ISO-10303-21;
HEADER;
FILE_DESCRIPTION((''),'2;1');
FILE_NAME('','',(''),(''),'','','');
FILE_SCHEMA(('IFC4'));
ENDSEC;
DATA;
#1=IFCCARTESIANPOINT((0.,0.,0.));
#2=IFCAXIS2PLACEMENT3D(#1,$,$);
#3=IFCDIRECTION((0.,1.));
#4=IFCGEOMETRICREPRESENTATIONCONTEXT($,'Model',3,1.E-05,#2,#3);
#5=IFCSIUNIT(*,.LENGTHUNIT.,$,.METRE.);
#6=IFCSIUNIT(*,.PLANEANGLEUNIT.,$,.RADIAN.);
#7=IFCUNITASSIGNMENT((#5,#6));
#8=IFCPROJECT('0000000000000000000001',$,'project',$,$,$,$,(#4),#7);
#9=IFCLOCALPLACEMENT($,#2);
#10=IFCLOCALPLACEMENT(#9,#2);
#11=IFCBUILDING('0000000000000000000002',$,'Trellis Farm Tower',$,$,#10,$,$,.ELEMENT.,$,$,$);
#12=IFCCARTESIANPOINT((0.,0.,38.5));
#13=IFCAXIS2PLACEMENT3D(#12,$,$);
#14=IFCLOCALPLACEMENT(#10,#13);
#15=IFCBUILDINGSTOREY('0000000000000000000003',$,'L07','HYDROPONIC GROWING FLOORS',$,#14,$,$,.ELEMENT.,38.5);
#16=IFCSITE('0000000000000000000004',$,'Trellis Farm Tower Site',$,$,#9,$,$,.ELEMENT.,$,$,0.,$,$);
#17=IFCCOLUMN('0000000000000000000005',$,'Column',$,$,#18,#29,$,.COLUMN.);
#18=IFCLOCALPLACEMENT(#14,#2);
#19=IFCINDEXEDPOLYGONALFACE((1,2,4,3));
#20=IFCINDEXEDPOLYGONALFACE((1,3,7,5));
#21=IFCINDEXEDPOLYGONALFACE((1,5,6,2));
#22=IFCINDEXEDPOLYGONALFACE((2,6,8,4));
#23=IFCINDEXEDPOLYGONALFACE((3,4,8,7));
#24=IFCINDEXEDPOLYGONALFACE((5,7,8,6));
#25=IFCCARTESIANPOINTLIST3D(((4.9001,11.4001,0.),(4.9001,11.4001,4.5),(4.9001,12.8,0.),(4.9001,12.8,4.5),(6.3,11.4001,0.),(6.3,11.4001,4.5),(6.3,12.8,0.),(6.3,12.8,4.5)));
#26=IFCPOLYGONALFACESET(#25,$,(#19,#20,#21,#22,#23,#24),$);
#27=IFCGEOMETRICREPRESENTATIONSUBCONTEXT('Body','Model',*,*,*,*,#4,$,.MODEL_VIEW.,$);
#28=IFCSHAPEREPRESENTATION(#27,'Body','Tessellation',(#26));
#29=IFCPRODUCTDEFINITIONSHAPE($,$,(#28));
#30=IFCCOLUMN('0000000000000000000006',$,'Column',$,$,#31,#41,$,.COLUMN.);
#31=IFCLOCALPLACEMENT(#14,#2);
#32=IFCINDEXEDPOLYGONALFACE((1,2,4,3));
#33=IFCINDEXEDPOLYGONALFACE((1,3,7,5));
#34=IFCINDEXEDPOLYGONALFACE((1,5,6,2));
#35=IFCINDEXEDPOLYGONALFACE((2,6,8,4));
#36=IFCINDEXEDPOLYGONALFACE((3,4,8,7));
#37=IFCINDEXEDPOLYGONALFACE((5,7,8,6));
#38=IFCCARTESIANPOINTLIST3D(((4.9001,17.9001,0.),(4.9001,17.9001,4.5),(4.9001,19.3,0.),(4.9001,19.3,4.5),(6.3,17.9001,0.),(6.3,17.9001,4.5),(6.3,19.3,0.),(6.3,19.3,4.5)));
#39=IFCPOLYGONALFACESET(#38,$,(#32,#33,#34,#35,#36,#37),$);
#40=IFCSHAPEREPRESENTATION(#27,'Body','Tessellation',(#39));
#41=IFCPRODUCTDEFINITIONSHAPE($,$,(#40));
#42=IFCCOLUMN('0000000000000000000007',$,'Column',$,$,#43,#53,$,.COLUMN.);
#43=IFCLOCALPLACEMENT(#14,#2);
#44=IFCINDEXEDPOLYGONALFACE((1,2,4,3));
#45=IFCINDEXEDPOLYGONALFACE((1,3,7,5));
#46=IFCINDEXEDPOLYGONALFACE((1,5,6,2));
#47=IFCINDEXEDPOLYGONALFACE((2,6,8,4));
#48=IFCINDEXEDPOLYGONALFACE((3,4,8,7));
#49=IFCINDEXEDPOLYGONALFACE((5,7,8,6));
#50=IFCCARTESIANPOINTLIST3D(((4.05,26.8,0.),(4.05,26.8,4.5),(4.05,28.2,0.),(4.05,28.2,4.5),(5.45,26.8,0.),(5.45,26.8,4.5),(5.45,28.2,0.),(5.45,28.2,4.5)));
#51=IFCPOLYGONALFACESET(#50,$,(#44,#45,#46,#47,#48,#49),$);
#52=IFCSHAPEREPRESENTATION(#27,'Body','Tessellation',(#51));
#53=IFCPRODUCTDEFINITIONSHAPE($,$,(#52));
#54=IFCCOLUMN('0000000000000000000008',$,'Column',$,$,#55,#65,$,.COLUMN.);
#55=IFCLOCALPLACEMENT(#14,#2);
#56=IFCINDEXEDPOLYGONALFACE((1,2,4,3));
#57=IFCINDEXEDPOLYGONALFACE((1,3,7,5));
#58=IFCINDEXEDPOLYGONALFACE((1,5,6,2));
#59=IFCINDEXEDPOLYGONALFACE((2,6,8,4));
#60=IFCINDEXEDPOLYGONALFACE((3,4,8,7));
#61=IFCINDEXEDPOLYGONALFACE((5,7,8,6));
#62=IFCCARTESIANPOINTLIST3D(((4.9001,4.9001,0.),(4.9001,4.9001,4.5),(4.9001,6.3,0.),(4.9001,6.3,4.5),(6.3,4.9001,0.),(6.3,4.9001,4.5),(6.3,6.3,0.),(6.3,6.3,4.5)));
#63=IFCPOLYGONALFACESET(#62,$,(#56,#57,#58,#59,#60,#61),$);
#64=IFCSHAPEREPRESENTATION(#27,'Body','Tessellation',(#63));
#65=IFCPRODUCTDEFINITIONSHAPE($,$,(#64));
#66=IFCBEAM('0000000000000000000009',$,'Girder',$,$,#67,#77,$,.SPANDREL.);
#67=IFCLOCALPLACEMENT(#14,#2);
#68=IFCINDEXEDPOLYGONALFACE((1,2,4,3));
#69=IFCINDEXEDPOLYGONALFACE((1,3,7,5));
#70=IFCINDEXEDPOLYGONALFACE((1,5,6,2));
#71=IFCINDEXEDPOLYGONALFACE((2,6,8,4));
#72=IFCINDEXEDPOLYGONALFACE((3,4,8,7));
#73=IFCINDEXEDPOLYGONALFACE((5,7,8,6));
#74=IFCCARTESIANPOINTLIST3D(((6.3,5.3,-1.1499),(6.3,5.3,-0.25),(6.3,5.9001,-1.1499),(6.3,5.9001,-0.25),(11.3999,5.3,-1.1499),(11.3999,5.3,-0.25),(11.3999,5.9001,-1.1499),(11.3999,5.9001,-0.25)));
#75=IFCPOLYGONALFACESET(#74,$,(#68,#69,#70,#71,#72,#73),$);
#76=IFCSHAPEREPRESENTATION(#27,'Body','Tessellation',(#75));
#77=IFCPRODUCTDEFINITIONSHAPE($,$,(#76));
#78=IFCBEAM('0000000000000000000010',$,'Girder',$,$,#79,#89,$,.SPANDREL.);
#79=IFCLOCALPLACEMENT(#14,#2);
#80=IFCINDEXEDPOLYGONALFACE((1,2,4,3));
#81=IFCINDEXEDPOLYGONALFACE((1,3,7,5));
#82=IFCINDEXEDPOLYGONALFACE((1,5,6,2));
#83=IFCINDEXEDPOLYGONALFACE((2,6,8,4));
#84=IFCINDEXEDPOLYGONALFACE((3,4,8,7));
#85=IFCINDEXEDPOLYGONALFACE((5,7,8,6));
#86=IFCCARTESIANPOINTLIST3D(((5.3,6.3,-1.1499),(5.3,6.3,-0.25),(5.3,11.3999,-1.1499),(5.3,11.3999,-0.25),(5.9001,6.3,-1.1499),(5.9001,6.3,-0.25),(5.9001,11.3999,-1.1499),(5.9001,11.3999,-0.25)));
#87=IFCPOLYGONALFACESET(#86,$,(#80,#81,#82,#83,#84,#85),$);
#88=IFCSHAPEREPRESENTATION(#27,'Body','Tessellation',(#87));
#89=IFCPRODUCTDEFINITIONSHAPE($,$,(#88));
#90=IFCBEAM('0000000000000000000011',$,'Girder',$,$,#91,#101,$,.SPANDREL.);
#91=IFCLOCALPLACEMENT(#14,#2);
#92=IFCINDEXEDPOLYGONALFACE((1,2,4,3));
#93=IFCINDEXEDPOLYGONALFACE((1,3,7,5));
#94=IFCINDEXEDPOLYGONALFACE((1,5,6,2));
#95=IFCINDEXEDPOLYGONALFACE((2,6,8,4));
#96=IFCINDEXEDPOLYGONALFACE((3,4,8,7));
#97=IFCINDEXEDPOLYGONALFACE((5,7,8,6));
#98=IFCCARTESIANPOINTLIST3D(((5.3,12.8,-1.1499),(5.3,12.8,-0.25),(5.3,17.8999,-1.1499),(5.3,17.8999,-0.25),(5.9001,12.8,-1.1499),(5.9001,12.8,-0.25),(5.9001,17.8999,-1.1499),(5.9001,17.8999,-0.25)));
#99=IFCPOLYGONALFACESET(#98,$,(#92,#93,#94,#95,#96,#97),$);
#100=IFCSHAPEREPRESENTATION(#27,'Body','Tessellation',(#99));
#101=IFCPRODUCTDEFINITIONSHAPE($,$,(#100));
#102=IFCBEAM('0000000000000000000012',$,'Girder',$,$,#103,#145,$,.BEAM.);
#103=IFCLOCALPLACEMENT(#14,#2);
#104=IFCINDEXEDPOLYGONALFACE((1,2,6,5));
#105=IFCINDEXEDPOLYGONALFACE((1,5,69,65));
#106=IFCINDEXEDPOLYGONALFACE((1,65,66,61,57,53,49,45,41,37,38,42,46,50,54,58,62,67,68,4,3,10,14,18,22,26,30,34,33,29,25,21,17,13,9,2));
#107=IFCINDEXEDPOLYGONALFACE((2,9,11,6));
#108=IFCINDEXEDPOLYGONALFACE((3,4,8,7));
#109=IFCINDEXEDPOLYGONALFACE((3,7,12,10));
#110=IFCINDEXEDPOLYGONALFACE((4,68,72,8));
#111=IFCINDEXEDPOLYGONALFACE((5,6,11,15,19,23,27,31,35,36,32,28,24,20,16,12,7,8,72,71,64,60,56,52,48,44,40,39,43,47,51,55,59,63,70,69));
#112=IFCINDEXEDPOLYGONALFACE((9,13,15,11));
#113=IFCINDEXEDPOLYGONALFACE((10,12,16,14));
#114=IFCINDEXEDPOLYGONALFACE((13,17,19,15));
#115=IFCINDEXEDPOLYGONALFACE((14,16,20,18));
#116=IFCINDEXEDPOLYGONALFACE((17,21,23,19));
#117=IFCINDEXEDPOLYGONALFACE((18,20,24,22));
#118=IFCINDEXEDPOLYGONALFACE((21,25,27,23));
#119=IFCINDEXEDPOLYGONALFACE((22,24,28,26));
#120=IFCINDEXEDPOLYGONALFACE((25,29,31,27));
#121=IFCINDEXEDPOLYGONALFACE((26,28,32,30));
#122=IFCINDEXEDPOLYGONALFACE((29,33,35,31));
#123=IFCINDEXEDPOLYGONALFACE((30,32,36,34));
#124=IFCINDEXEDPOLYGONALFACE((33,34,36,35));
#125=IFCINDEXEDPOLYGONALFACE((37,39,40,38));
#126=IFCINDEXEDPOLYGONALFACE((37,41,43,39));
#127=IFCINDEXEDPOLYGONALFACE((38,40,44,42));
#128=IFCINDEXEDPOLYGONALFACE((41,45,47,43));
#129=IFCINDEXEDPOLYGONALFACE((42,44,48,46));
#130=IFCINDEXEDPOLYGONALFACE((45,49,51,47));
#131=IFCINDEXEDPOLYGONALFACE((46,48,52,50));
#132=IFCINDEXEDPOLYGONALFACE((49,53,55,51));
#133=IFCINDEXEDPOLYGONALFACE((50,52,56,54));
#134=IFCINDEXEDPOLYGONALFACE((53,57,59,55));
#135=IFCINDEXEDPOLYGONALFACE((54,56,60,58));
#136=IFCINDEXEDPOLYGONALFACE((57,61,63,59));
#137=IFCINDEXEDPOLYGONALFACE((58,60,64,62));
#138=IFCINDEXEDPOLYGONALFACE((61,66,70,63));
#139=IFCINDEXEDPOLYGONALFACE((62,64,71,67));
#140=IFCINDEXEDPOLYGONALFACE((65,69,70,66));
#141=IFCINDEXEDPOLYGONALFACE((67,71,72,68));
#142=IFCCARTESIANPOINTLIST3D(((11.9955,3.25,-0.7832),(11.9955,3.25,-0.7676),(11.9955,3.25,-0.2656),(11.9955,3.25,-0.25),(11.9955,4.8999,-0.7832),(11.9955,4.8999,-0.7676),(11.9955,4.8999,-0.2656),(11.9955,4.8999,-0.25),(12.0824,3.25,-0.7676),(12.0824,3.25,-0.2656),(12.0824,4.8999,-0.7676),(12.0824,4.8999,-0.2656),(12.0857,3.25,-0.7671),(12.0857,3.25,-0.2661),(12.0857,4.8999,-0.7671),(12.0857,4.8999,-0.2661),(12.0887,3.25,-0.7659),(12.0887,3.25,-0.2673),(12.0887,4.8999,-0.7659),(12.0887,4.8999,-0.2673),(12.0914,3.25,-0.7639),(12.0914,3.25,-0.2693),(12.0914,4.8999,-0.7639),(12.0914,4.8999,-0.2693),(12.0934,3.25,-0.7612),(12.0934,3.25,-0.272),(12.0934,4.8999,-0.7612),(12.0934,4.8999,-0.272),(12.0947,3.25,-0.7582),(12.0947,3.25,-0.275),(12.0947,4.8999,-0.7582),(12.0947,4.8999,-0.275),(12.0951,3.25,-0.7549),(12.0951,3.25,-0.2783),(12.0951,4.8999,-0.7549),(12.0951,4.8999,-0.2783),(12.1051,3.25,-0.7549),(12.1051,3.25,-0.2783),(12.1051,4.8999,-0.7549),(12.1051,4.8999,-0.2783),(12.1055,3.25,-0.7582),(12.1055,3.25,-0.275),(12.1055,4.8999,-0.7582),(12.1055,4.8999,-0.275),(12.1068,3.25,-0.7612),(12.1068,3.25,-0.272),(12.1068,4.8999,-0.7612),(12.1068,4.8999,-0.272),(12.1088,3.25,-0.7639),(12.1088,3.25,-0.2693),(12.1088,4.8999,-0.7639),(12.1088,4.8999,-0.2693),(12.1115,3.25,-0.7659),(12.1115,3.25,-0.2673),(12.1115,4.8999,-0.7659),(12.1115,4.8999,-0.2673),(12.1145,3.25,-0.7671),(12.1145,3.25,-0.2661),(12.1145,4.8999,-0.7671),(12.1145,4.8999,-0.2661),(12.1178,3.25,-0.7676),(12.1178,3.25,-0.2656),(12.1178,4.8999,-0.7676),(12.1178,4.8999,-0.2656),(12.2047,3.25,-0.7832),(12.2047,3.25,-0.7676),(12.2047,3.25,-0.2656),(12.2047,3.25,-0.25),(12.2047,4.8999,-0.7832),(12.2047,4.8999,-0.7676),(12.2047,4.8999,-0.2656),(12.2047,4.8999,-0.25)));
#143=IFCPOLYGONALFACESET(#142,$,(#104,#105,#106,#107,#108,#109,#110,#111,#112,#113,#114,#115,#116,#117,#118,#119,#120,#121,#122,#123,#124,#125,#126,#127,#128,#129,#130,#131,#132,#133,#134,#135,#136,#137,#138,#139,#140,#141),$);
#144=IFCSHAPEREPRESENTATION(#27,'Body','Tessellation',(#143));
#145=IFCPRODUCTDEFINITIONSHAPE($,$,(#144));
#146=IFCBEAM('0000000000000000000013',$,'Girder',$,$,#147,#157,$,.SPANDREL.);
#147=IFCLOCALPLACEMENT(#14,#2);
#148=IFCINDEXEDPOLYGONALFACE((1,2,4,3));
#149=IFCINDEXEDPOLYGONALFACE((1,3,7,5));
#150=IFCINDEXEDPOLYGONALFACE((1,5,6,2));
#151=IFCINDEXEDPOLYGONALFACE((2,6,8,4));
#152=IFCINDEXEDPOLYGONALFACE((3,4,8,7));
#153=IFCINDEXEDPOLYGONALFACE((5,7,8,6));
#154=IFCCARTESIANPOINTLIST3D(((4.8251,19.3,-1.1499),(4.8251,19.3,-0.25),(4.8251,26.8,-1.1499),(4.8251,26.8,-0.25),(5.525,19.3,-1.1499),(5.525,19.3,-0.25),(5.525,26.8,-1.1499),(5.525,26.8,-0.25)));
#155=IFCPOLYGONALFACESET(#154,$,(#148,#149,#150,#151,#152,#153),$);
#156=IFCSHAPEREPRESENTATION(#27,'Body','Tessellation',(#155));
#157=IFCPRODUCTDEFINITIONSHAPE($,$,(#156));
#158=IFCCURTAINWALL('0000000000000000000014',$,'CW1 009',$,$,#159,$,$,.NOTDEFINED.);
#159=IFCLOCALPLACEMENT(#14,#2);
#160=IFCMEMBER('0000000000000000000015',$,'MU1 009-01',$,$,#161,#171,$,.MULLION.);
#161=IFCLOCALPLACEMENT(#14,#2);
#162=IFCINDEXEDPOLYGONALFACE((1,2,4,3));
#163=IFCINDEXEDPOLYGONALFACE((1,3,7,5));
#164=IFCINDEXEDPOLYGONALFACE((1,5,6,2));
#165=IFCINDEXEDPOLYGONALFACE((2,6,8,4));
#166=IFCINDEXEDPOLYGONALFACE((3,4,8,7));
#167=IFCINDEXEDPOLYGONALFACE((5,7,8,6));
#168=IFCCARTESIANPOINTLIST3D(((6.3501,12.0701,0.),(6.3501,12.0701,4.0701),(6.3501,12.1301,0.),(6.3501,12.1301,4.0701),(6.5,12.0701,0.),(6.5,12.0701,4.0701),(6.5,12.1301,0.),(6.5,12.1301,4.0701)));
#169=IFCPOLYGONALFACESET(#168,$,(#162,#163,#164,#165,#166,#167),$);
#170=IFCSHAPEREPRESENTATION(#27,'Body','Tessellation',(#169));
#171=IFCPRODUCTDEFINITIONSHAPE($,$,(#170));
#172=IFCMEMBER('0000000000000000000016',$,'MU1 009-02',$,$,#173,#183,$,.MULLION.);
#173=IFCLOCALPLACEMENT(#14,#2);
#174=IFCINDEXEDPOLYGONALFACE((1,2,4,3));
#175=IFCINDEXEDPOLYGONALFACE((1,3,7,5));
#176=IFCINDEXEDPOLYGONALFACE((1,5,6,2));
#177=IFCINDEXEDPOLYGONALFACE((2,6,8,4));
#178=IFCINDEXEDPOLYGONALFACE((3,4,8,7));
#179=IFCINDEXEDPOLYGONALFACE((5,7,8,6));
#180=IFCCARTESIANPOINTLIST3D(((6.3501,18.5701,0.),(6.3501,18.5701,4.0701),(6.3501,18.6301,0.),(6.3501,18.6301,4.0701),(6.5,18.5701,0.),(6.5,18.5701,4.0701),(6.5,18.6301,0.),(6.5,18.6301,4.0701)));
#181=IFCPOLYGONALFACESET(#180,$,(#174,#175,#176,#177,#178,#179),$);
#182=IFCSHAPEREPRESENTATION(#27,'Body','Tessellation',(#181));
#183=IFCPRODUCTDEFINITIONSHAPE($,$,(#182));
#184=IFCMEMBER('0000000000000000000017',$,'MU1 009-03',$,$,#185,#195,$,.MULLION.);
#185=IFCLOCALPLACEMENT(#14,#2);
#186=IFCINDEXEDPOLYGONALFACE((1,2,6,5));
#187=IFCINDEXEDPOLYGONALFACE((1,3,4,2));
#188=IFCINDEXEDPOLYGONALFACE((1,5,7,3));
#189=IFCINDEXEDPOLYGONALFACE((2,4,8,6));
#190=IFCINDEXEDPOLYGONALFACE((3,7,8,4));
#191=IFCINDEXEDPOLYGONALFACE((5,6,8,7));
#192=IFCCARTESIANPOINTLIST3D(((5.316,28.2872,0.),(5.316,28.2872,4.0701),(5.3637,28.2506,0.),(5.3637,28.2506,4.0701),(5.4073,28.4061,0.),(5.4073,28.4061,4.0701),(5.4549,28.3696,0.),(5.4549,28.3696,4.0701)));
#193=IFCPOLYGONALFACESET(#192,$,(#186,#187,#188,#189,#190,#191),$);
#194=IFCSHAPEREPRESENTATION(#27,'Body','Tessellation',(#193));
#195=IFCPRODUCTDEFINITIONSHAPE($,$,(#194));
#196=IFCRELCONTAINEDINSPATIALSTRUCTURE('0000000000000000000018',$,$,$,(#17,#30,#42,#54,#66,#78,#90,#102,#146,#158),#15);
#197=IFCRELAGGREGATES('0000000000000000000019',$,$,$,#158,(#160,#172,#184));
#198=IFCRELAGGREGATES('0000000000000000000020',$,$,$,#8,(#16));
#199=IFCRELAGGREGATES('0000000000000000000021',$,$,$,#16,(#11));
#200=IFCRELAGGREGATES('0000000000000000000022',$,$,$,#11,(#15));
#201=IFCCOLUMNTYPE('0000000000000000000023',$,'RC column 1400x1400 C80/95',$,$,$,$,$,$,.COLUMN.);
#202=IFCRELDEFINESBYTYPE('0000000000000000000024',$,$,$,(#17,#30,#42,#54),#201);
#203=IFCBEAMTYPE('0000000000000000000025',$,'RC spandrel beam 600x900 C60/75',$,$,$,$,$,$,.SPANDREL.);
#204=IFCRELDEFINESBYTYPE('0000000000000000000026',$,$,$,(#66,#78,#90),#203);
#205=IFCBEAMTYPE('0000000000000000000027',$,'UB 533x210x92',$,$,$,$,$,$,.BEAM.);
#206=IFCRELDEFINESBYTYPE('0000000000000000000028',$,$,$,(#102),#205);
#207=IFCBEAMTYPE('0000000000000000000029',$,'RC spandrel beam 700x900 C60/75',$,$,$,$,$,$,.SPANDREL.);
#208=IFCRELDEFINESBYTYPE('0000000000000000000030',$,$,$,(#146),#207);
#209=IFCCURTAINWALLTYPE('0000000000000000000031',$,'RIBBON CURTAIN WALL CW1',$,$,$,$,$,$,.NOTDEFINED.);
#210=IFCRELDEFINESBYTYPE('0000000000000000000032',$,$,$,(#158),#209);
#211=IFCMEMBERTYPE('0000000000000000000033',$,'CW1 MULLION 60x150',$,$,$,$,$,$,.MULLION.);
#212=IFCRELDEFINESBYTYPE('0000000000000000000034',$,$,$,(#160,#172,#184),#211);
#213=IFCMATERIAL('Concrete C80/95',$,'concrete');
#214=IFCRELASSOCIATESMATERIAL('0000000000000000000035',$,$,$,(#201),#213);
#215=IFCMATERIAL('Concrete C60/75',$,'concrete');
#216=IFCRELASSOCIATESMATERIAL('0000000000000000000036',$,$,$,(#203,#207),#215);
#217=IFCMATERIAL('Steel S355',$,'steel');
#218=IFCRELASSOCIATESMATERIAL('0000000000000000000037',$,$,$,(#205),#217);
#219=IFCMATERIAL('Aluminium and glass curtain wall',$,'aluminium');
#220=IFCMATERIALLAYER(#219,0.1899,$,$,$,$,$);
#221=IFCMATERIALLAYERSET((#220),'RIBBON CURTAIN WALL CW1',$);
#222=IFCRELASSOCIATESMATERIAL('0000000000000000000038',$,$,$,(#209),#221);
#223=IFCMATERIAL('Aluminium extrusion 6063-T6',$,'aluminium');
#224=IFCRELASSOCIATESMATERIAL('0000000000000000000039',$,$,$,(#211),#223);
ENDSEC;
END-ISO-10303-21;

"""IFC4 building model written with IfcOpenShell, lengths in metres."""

from ifc_helpers import new_model, si_unit, direction, frame, origin, origin_2d, place, context, subcontext, project, spatial, rectangle, i_section, extrude, source, transform, mapped, material, layer, layer_set, material_profile, profile_set, type_object, element, aggregate, save


model = new_model("IFC4")

# Units and contexts
model_context = context("Model", 3, precision=1e-05, world=origin(), true_north=direction((0.0, 1.0)))
body_context = subcontext(model_context, "Body", "Model", "MODEL_VIEW")
ifc_project = project(units=[si_unit("LENGTHUNIT", "METRE"), si_unit("PLANEANGLEUNIT", "RADIAN")], contexts=[model_context])

# Site, building, storey
site_placement = place(None, origin())
site = spatial("IfcSite", under=ifc_project, at=site_placement, Name="Trellis Farm Tower Site", CompositionType="ELEMENT", RefElevation=0.0)
building_placement = place(site_placement, origin())
building = spatial("IfcBuilding", under=site, at=building_placement, Name="Trellis Farm Tower", CompositionType="ELEMENT")
storey_placement = place(building_placement, frame((0.0, 0.0, 38.5)))
storey = spatial("IfcBuildingStorey", under=building, at=storey_placement, Name="L07", Description="HYDROPONIC GROWING FLOORS", CompositionType="ELEMENT", Elevation=38.5)

# Columns
ifc_material_1 = material(Name="Concrete C80/95", Category="concrete")
ifc_material_profile_1 = material_profile(ifc_material_1, rectangle(XDim=1.3999, YDim=1.3999, at=origin_2d()), Name="RC column 1400x1400 C80/95")
ifc_profile_set_1 = profile_set([ifc_material_profile_1], Name="Concrete C80/95")
column_type = type_object("IfcColumnType", Name="RC column 1400x1400 C80/95", PredefinedType="COLUMN", material=ifc_profile_set_1)
shared_shape_1 = source(origin(), body_context, "Body", "SweptSolid", [
    extrude(rectangle(XDim=1.3999, YDim=1.3999, at=origin_2d()), origin(), (0.0, 0.0, 1.0), 4.5),
])
for number, where, z_axis, x_axis, name in (
    (1, (5.6001, 12.1001, 0.0), (0.0, 0.0, 1.0), (1.0, 0.0, 0.0), "Column"),
    (2, (5.6001, 18.6001, 0.0), (0.0, 0.0, 1.0), (1.0, 0.0, 0.0), "Column"),
    (3, (4.75, 27.5, 0.0), (0.0, 0.0, 1.0), (1.0, 0.0, 0.0), "Column"),
    (4, (5.6001, 5.6001, 0.0), (0.0, 0.0, 1.0), (1.0, 0.0, 0.0), "Column"),
):
    element("IfcColumn", number, at=place(storey_placement, frame(where, z_axis=z_axis, x_axis=x_axis)), inside=storey, type_object=column_type, Name=name, PredefinedType="COLUMN", context=body_context, shape_type="MappedRepresentation", body=[
        mapped(shared_shape_1, transform((0.0, 0.0, 0.0))),
    ])

# Beams
ifc_material_2 = material(Name="Concrete C60/75", Category="concrete")
ifc_material_profile_2 = material_profile(ifc_material_2, rectangle(XDim=0.6001, YDim=0.8999, at=origin_2d()), Name="RC spandrel beam 600x900 C60/75")
ifc_profile_set_2 = profile_set([ifc_material_profile_2], Name="Concrete C60/75")
beam_type_1 = type_object("IfcBeamType", Name="RC spandrel beam 600x900 C60/75", PredefinedType="SPANDREL", material=ifc_profile_set_2)
shared_shape_2 = source(origin(), body_context, "Body", "SweptSolid", [
    extrude(rectangle(XDim=0.6001, YDim=0.8999, at=origin_2d()), origin(), (0.0, 0.0, 1.0), 5.0999),
])
for number, where, z_axis, x_axis, name in (
    (5, (6.3, 5.6001, -0.7), (1.0, 0.0, 0.0), (0.0, 1.0, 0.0), "Girder"),
    (6, (5.6001, 6.3, -0.7), (0.0, 1.0, 0.0), (-1.0, 0.0, 0.0), "Girder"),
    (7, (5.6001, 12.8, -0.7), (0.0, 1.0, 0.0), (-1.0, 0.0, 0.0), "Girder"),
):
    element("IfcBeam", number, at=place(storey_placement, frame(where, z_axis=z_axis, x_axis=x_axis)), inside=storey, type_object=beam_type_1, Name=name, PredefinedType="SPANDREL", context=body_context, shape_type="MappedRepresentation", body=[
        mapped(shared_shape_2, transform((0.0, 0.0, 0.0))),
    ])
ifc_material_3 = material(Name="Steel S355", Category="steel")
ifc_material_profile_3 = material_profile(ifc_material_3, i_section(OverallWidth=0.2092, OverallDepth=0.5332, WebThickness=0.01, FlangeThickness=0.0156, FilletRadius=0.0127, at=origin_2d()), Name="UB 533x210x92")
ifc_profile_set_3 = profile_set([ifc_material_profile_3], Name="Steel S355")
beam_type_2 = type_object("IfcBeamType", Name="UB 533x210x92", PredefinedType="BEAM", material=ifc_profile_set_3)
shared_shape_3 = source(origin(), body_context, "Body", "SweptSolid", [
    extrude(i_section(OverallWidth=0.2092, OverallDepth=0.5332, WebThickness=0.01, FlangeThickness=0.0156, FilletRadius=0.0127, at=origin_2d()), origin(), (0.0, 0.0, 1.0), 1.6499),
])
beam_1_placement = place(storey_placement, frame((12.1001, 3.25, -0.5166), z_axis=(0.0, 1.0, 0.0), x_axis=(-1.0, 0.0, 0.0)))
element("IfcBeam", 8, at=beam_1_placement, inside=storey, type_object=beam_type_2, Name="Girder", PredefinedType="BEAM", context=body_context, shape_type="MappedRepresentation", body=[
    mapped(shared_shape_3, transform((0.0, 0.0, 0.0))),
])
ifc_material_profile_4 = material_profile(ifc_material_2, rectangle(XDim=0.7, YDim=0.8999, at=origin_2d()), Name="RC spandrel beam 700x900 C60/75")
ifc_profile_set_4 = profile_set([ifc_material_profile_4], Name="Concrete C60/75")
beam_type_3 = type_object("IfcBeamType", Name="RC spandrel beam 700x900 C60/75", PredefinedType="SPANDREL", material=ifc_profile_set_4)
shared_shape_4 = source(origin(), body_context, "Body", "SweptSolid", [
    extrude(rectangle(XDim=0.7, YDim=0.8999, at=origin_2d()), origin(), (0.0, 0.0, 1.0), 7.5),
])
beam_2_placement = place(storey_placement, frame((5.175, 19.3, -0.7), z_axis=(0.0, 1.0, 0.0), x_axis=(-1.0, 0.0, 0.0)))
element("IfcBeam", 9, at=beam_2_placement, inside=storey, type_object=beam_type_3, Name="Girder", PredefinedType="SPANDREL", context=body_context, shape_type="MappedRepresentation", body=[
    mapped(shared_shape_4, transform((0.0, 0.0, 0.0))),
])

# Curtain wall, members
ifc_material_4 = material(Name="Aluminium and glass curtain wall", Category="aluminium")
ifc_layer_1 = layer(ifc_material_4, 0.1899)
ifc_layer_set_1 = layer_set([ifc_layer_1], Name="RIBBON CURTAIN WALL CW1")
curtain_wall_type_1 = type_object("IfcCurtainWallType", Name="RIBBON CURTAIN WALL CW1", PredefinedType="NOTDEFINED", material=ifc_layer_set_1)
placement = place(storey_placement, origin())
curtain_wall_1 = element("IfcCurtainWall", 10, at=placement, inside=storey, type_object=curtain_wall_type_1, Name="CW1 009", PredefinedType="NOTDEFINED")
ifc_material_5 = material(Name="Aluminium extrusion 6063-T6", Category="aluminium")
ifc_material_profile_5 = material_profile(ifc_material_5, rectangle(XDim=0.0601, YDim=0.1499, at=origin_2d()), Name="MULLION 60x150")
ifc_profile_set_5 = profile_set([ifc_material_profile_5], Name="Aluminium extrusion 6063-T6")
member_type_1 = type_object("IfcMemberType", Name="CW1 MULLION 60x150", PredefinedType="MULLION", material=ifc_profile_set_5)
shared_shape_5 = source(origin(), body_context, "Body", "SweptSolid", [
    extrude(rectangle(XDim=0.0601, YDim=0.1499, at=origin_2d()), origin(), (0.0, 0.0, 1.0), 4.0701),
])
member_1_placement = place(storey_placement, frame((6.425, 12.1001, 0.0), z_axis=(0.0, 0.0, 1.0), x_axis=(0.0, 1.0, 0.0)))
member_1 = element("IfcMember", 11, at=member_1_placement, type_object=member_type_1, Name="MU1 009-01", PredefinedType="MULLION", context=body_context, shape_type="MappedRepresentation", body=[
    mapped(shared_shape_5, transform((0.0, 0.0, 0.0))),
])
member_2_placement = place(storey_placement, frame((6.425, 18.6001, 0.0), z_axis=(0.0, 0.0, 1.0), x_axis=(0.0, 1.0, 0.0)))
member_2 = element("IfcMember", 12, at=member_2_placement, type_object=member_type_1, Name="MU1 009-02", PredefinedType="MULLION", context=body_context, shape_type="MappedRepresentation", body=[
    mapped(shared_shape_5, transform((0.0, 0.0, 0.0))),
])
member_3_placement = place(storey_placement, frame((5.3855, 28.3284, 0.0), z_axis=(0.0, 0.0, 1.0), x_axis=(-0.793353, 0.608761, 0.0)))
member_3 = element("IfcMember", 13, at=member_3_placement, type_object=member_type_1, Name="MU1 009-03", PredefinedType="MULLION", context=body_context, shape_type="MappedRepresentation", body=[
    mapped(shared_shape_5, transform((0.0, 0.0, 0.0))),
])
aggregate(curtain_wall_1, [member_1, member_2, member_3])

save(model, "model.ifc")
